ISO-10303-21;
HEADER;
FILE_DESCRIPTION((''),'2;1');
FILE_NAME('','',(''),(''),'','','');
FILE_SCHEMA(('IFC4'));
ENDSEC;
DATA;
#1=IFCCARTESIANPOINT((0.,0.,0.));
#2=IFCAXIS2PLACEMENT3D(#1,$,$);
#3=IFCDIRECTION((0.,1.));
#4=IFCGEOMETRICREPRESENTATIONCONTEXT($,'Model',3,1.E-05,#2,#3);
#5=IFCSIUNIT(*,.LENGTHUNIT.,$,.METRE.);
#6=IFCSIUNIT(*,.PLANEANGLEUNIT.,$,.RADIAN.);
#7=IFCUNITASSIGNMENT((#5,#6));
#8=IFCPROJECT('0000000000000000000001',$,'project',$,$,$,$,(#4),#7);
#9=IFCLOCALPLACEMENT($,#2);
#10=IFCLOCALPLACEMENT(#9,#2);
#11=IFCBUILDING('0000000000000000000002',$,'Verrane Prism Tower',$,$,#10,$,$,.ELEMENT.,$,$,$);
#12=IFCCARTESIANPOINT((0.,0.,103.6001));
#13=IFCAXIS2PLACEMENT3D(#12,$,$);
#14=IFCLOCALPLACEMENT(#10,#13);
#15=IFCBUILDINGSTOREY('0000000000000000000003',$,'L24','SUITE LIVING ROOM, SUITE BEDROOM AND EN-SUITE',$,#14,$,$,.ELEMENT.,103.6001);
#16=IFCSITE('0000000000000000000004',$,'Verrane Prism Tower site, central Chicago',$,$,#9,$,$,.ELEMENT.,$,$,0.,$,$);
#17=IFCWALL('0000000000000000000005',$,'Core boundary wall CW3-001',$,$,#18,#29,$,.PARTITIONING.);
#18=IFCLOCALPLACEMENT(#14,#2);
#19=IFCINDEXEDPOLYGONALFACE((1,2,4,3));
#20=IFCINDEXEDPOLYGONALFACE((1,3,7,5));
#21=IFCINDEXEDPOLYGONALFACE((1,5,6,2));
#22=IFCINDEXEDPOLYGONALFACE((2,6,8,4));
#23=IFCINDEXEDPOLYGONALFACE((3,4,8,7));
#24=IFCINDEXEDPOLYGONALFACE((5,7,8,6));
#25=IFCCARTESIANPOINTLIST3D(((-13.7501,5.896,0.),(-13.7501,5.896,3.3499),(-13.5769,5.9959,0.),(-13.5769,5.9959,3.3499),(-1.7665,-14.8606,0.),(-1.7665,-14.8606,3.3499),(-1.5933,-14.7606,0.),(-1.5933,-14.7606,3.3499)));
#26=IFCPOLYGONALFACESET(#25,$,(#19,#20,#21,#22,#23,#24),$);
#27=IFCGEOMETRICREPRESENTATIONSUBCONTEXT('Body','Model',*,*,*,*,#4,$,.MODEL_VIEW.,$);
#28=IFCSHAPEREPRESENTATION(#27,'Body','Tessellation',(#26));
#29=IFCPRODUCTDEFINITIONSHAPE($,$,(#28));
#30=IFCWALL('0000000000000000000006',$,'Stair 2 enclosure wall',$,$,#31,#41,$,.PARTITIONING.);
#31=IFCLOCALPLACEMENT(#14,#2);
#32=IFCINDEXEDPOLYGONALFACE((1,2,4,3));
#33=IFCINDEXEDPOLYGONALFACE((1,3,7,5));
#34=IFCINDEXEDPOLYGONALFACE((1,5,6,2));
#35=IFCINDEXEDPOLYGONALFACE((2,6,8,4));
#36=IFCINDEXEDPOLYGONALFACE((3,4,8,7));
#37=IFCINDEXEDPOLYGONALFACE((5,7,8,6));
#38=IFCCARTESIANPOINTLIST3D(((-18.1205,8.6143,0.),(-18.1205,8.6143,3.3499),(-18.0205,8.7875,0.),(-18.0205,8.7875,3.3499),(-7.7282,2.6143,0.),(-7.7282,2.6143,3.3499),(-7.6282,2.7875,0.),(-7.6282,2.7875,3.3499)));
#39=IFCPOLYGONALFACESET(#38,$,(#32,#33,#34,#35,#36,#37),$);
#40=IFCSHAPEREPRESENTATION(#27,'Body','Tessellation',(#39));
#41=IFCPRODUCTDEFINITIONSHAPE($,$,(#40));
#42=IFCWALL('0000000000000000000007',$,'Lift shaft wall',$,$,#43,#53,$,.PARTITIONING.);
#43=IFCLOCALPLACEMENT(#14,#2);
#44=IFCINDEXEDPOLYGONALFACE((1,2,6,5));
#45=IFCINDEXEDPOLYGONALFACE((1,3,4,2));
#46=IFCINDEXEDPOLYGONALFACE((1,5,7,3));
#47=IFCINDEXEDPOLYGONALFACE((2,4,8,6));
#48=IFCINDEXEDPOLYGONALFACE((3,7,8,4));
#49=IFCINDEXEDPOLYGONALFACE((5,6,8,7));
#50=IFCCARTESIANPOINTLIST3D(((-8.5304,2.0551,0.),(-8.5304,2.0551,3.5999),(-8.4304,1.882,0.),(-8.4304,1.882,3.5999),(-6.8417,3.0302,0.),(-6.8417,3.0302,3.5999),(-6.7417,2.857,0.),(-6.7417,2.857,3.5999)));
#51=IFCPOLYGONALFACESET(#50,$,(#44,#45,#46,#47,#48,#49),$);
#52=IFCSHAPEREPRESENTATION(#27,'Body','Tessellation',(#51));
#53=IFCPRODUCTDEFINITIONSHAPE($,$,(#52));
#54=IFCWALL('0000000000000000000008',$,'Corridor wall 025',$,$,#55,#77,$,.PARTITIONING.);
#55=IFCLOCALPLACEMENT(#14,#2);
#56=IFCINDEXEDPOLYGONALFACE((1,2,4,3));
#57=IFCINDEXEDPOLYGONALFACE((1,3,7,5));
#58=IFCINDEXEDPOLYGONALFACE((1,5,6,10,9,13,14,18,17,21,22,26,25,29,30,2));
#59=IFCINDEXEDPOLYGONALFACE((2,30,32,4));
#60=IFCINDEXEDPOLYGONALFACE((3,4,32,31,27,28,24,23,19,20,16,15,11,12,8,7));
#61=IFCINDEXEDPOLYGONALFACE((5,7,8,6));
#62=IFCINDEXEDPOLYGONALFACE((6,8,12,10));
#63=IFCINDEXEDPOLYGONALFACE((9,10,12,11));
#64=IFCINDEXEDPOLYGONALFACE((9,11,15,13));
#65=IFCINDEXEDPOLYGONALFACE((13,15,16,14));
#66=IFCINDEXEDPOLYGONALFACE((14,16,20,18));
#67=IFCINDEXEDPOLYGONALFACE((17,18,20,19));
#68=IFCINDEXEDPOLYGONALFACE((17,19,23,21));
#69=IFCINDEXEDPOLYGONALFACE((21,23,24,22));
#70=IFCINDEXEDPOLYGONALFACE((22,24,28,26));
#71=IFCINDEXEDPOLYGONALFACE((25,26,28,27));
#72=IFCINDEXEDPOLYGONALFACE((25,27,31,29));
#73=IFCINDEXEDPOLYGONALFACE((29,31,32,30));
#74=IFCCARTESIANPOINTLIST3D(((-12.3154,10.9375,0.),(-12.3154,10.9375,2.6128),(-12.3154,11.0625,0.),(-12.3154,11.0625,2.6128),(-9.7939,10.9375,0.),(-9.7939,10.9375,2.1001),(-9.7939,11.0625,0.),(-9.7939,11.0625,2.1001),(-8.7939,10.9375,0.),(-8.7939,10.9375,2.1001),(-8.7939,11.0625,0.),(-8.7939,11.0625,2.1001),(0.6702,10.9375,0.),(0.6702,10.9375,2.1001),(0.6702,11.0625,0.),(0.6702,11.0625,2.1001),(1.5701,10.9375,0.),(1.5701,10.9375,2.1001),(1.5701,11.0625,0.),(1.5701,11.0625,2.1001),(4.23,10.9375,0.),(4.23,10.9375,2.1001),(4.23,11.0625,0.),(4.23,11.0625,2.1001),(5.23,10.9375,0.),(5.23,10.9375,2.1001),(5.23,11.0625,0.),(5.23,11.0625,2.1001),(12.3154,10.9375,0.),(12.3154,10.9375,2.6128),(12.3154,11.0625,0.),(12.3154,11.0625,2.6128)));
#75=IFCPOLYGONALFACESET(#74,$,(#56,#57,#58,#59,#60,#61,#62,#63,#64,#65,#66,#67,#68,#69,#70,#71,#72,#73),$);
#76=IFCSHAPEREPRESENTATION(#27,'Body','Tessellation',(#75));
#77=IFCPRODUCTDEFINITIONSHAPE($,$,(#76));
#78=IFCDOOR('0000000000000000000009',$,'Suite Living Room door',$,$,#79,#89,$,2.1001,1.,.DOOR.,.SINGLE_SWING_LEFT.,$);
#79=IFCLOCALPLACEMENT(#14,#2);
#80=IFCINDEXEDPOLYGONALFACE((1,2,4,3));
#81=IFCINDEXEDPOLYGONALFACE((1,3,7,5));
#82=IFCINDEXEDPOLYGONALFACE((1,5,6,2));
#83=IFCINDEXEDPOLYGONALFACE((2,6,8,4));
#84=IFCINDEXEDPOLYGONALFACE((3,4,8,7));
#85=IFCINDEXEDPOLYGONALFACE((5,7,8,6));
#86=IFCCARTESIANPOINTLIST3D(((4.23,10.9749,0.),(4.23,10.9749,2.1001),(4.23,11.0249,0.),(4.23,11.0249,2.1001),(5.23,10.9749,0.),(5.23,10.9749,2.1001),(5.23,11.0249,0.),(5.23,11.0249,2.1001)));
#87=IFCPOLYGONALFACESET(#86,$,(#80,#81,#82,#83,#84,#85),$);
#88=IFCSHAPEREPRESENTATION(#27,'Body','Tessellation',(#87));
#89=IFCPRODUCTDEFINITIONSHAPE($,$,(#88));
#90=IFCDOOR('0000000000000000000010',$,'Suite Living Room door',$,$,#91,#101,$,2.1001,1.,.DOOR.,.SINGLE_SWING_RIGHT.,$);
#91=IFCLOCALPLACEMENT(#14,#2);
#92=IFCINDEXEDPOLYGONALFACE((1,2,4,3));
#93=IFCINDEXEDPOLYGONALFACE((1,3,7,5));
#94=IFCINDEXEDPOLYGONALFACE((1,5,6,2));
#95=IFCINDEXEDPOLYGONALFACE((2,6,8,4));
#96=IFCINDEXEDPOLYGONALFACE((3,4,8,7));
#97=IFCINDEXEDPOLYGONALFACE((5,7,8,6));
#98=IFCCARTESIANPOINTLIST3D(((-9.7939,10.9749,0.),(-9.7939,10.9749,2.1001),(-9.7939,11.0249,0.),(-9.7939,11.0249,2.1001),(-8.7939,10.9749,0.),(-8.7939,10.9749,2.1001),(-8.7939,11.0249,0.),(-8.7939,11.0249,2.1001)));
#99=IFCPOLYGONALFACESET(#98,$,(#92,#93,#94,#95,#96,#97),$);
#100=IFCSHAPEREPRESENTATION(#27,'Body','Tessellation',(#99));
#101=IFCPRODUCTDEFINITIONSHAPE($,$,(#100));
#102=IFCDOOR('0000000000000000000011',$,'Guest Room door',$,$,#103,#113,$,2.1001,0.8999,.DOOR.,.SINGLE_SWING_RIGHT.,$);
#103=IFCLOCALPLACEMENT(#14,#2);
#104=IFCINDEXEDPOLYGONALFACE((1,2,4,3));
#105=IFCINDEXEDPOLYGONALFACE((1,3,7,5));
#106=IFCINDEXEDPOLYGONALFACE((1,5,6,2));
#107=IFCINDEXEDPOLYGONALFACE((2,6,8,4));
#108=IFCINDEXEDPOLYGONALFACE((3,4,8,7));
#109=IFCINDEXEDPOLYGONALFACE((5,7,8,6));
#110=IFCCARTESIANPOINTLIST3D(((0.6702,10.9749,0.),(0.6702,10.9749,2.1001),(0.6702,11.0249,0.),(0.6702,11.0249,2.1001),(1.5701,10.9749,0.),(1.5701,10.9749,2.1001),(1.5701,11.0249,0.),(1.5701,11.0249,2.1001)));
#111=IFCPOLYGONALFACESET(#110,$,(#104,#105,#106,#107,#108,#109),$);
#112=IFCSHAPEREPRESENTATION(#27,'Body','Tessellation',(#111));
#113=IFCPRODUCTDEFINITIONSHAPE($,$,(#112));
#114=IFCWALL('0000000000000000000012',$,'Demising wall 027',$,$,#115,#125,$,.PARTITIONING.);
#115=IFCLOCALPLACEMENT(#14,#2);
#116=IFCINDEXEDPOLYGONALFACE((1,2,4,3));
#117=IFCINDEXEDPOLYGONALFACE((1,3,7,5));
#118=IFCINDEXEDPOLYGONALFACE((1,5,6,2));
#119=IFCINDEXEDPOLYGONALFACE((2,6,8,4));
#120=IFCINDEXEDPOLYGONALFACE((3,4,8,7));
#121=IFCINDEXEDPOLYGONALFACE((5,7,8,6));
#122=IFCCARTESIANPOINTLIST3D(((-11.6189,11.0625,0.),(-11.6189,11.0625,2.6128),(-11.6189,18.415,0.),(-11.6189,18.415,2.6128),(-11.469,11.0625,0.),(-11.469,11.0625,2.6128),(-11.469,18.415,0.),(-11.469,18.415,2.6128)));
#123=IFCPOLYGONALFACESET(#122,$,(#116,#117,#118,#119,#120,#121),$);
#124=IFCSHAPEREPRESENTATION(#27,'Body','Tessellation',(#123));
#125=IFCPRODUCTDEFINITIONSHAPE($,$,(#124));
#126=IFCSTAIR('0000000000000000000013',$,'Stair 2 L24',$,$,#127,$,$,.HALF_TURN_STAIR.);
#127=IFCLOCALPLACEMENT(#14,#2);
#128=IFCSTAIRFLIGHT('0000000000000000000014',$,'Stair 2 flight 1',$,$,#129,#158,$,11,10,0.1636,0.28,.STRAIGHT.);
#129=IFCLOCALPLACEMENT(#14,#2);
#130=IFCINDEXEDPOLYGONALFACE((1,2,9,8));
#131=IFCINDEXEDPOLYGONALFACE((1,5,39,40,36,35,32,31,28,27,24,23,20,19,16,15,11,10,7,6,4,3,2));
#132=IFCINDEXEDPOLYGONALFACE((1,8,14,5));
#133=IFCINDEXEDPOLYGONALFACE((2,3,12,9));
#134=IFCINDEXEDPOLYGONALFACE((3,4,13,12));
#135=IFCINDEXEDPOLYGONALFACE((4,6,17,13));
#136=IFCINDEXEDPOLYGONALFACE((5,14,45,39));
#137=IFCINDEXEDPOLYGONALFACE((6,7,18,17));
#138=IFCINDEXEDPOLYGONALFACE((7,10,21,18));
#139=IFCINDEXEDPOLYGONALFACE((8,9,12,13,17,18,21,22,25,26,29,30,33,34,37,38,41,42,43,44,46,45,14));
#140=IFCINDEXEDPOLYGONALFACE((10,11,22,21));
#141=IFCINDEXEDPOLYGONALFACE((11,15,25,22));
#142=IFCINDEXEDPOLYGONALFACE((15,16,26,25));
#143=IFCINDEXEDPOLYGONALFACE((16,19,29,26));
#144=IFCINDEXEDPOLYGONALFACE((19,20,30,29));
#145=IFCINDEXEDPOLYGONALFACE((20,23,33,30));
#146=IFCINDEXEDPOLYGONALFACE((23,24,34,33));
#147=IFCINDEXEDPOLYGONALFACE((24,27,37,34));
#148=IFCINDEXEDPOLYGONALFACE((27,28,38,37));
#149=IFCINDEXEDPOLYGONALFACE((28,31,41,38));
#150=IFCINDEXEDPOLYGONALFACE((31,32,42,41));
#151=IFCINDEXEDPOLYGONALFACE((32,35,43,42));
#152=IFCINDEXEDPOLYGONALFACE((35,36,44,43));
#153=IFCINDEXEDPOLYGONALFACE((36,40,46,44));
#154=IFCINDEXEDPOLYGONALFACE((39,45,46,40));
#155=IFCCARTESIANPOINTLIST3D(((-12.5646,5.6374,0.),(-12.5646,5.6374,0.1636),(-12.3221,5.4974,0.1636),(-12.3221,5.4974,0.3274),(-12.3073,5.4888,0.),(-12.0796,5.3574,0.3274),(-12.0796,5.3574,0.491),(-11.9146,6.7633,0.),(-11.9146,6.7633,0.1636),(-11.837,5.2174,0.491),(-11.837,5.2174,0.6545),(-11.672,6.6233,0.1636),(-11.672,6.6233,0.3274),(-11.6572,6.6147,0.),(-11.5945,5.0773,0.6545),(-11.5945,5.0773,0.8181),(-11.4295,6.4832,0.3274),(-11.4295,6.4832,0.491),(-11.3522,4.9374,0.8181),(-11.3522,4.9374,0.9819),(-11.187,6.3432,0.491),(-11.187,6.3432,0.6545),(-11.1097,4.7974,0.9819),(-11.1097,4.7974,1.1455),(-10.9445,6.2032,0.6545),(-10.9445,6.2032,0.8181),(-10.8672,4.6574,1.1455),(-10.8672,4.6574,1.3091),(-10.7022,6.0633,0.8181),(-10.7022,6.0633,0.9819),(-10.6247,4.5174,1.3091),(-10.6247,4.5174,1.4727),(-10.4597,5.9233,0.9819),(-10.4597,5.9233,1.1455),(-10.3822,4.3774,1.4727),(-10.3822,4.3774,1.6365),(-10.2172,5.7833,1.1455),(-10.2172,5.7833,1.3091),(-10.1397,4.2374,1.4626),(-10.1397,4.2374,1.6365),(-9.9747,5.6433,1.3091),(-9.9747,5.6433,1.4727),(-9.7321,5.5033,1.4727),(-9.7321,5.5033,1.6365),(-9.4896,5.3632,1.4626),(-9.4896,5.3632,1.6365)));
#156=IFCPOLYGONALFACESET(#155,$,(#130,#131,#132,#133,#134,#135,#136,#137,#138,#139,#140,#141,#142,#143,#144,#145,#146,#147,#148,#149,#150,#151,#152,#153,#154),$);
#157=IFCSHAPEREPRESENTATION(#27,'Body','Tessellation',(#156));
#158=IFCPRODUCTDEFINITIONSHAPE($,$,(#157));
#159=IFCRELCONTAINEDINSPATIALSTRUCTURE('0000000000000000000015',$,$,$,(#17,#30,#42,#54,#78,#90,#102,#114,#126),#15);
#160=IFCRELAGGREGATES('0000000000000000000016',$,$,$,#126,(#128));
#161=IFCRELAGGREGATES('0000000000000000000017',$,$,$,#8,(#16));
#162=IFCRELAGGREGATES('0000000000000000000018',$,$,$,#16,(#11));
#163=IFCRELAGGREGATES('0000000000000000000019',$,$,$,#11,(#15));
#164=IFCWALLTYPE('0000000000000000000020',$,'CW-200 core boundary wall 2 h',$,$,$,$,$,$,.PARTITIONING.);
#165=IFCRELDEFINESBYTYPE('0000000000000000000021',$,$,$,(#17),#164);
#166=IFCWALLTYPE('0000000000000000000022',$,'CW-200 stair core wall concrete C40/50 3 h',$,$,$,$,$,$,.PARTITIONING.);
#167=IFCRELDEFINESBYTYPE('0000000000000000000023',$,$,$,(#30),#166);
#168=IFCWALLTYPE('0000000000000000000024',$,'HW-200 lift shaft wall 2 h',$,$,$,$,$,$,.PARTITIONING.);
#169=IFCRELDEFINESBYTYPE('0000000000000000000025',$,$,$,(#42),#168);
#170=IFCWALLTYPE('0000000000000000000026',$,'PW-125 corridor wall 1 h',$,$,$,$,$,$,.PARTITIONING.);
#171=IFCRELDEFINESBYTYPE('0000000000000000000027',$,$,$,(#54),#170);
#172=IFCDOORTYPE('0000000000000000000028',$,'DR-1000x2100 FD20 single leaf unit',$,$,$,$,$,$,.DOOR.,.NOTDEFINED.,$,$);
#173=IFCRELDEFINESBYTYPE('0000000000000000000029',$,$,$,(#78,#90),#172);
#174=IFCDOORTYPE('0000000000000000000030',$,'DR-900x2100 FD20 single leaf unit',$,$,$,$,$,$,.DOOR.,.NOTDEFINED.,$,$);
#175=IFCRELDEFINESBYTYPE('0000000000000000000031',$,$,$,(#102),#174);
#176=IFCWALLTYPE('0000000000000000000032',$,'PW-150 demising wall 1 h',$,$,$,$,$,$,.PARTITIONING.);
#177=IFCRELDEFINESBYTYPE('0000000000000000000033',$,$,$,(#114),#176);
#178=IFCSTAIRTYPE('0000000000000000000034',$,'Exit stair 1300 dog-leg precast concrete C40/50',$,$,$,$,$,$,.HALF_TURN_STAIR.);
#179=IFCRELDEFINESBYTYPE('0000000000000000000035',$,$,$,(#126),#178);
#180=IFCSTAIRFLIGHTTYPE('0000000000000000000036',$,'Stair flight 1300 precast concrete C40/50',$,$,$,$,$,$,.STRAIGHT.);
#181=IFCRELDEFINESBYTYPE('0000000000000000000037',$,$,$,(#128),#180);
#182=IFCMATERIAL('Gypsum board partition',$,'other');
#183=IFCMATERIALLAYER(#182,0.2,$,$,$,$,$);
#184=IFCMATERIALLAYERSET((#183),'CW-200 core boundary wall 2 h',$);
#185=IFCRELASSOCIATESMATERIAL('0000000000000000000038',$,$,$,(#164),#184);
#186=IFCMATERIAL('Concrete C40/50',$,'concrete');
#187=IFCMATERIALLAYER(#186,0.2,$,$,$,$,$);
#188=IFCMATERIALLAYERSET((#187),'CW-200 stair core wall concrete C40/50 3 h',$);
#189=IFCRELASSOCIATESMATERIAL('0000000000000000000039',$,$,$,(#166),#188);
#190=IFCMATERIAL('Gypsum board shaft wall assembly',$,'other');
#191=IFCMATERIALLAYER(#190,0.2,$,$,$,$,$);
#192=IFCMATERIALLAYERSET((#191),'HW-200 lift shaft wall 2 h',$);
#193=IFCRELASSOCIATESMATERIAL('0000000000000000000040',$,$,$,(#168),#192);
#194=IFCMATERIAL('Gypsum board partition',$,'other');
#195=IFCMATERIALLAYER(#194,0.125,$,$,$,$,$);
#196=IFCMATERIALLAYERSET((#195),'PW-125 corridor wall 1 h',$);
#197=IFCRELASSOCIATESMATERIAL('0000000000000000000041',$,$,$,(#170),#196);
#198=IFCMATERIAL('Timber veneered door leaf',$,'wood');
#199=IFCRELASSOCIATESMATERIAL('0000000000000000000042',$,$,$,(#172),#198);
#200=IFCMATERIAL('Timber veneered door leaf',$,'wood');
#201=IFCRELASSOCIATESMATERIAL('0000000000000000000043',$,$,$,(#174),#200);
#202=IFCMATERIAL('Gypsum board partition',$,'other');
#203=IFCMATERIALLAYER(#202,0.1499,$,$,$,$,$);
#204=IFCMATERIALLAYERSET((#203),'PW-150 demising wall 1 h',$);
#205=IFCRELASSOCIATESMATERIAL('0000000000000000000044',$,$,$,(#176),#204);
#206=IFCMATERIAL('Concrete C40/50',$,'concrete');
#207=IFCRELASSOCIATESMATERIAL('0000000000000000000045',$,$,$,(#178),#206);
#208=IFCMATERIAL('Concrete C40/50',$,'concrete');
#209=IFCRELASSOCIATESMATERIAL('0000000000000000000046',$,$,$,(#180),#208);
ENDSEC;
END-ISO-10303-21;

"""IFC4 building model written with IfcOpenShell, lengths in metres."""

from ifc_helpers import new_model, si_unit, direction, frame, frame_2d, origin, place, context, subcontext, project, spatial, polyline, rectangle, outline, extrude, material, layer, layer_set, type_object, element, fill, aggregate, save


model = new_model("IFC4")

# Units and contexts
model_context = context("Model", 3, precision=1e-05, world=origin(), true_north=direction((0.0, 1.0)))
body_context = subcontext(model_context, "Body", "Model", "MODEL_VIEW")
ifc_project = project(units=[si_unit("LENGTHUNIT", "METRE"), si_unit("PLANEANGLEUNIT", "RADIAN")], contexts=[model_context])

# Site, building, storey
site_placement = place(None, origin())
site = spatial("IfcSite", under=ifc_project, at=site_placement, Name="Verrane Prism Tower site, central Chicago", CompositionType="ELEMENT", RefElevation=0.0)
building_placement = place(site_placement, origin())
building = spatial("IfcBuilding", under=site, at=building_placement, Name="Verrane Prism Tower", CompositionType="ELEMENT")
storey_placement = place(building_placement, frame((0.0, 0.0, 103.6001)))
storey = spatial("IfcBuildingStorey", under=building, at=storey_placement, Name="L24", Description="SUITE LIVING ROOM, SUITE BEDROOM AND EN-SUITE", CompositionType="ELEMENT", Elevation=103.6001)

# Walls
ifc_material_1 = material(Name="Gypsum board partition", Category="other")
ifc_layer_1 = layer(ifc_material_1, 0.2)
ifc_layer_set_1 = layer_set([ifc_layer_1], Name="CW-200 core boundary wall 2 h")
wall_type_1 = type_object("IfcWallType", Name="CW-200 core boundary wall 2 h", PredefinedType="PARTITIONING", material=ifc_layer_set_1)
wall_1_placement = place(storey_placement, frame((-13.6636, 5.946, 0.0), z_axis=(0.0, 0.0, 1.0), x_axis=(0.499994, -0.866029, 0.0)))
element("IfcWall", 1, at=wall_1_placement, inside=storey, type_object=wall_type_1, Name="Core boundary wall CW3-001", PredefinedType="PARTITIONING", context=body_context, shape_type="SweptSolid", body=[
    extrude(rectangle(XDim=23.9675, YDim=0.2, at=frame_2d((11.9839, 0.0))), origin(), (0.0, 0.0, 1.0), 3.3499),
])
ifc_material_2 = material(Name="Concrete C40/50", Category="concrete")
ifc_layer_2 = layer(ifc_material_2, 0.2)
ifc_layer_set_2 = layer_set([ifc_layer_2], Name="CW-200 stair core wall concrete C40/50 3 h")
wall_type_2 = type_object("IfcWallType", Name="CW-200 stair core wall concrete C40/50 3 h", PredefinedType="PARTITIONING", material=ifc_layer_set_2)
wall_2_placement = place(storey_placement, frame((-7.6782, 2.7009, 0.0), z_axis=(0.0, 0.0, 1.0), x_axis=(-0.866026, 0.499999, 0.0)))
element("IfcWall", 2, at=wall_2_placement, inside=storey, type_object=wall_type_2, Name="Stair 2 enclosure wall", PredefinedType="PARTITIONING", context=body_context, shape_type="SweptSolid", body=[
    extrude(rectangle(XDim=12.0, YDim=0.2, at=frame_2d((6.0, 0.0))), origin(), (0.0, 0.0, 1.0), 3.3499),
])
ifc_material_3 = material(Name="Gypsum board shaft wall assembly", Category="other")
ifc_layer_3 = layer(ifc_material_3, 0.2)
ifc_layer_set_3 = layer_set([ifc_layer_3], Name="HW-200 lift shaft wall 2 h")
wall_type_3 = type_object("IfcWallType", Name="HW-200 lift shaft wall 2 h", PredefinedType="PARTITIONING", material=ifc_layer_set_3)
wall_3_placement = place(storey_placement, frame((-8.4805, 1.9685, 0.0), z_axis=(0.0, 0.0, 1.0), x_axis=(0.866, 0.500044, 0.0)))
element("IfcWall", 3, at=wall_3_placement, inside=storey, type_object=wall_type_3, Name="Lift shaft wall", PredefinedType="PARTITIONING", context=body_context, shape_type="SweptSolid", body=[
    extrude(rectangle(XDim=1.95, YDim=0.2, at=frame_2d((0.9751, 0.0))), origin(), (0.0, 0.0, 1.0), 3.5999),
])

# Wall, openings, doors
ifc_material_4 = material(Name="Gypsum board partition", Category="other")
ifc_layer_4 = layer(ifc_material_4, 0.125)
ifc_layer_set_4 = layer_set([ifc_layer_4], Name="PW-125 corridor wall 1 h")
wall_type_4 = type_object("IfcWallType", Name="PW-125 corridor wall 1 h", PredefinedType="PARTITIONING", material=ifc_layer_set_4)
wall_4_placement = place(storey_placement, frame((-12.3154, 11.0, 0.0), z_axis=(0.0, 0.0, 1.0), x_axis=(1.0, 0.0, 0.0)))
wall_4 = element("IfcWall", 4, at=wall_4_placement, inside=storey, type_object=wall_type_4, Name="Corridor wall 025", PredefinedType="PARTITIONING", context=body_context, shape_type="SweptSolid", body=[
    extrude(rectangle(XDim=24.6309, YDim=0.125, at=frame_2d((12.3154, 0.0))), origin(), (0.0, 0.0, 1.0), 2.6128),
])
opening_1_placement = place(wall_4_placement, frame((16.5454, 0.0, 0.0)))
opening_1 = element("IfcOpeningElement", 5, at=opening_1_placement, cuts=wall_4, PredefinedType="OPENING", context=body_context, shape_type="SweptSolid", body=[
    extrude(rectangle(XDim=1.0, YDim=2.1001, at=frame_2d((0.5, 1.05))), frame((0.0, 0.0725, 0.0), z_axis=(0.0, -1.0, 0.0), x_axis=(1.0, 0.0, 0.0)), (0.0, 0.0, 1.0), 0.145),
])
opening_2_placement = place(wall_4_placement, frame((12.9856, 0.0, 0.0)))
opening_2 = element("IfcOpeningElement", 6, at=opening_2_placement, cuts=wall_4, PredefinedType="OPENING", context=body_context, shape_type="SweptSolid", body=[
    extrude(rectangle(XDim=0.8999, YDim=2.1001, at=frame_2d((0.45, 1.05))), frame((0.0, 0.0725, 0.0), z_axis=(0.0, -1.0, 0.0), x_axis=(1.0, 0.0, 0.0)), (0.0, 0.0, 1.0), 0.145),
])
opening_3_placement = place(wall_4_placement, frame((2.5215, 0.0, 0.0)))
opening_3 = element("IfcOpeningElement", 7, at=opening_3_placement, cuts=wall_4, PredefinedType="OPENING", context=body_context, shape_type="SweptSolid", body=[
    extrude(rectangle(XDim=1.0, YDim=2.1001, at=frame_2d((0.5, 1.05))), frame((0.0, 0.0725, 0.0), z_axis=(0.0, -1.0, 0.0), x_axis=(1.0, 0.0, 0.0)), (0.0, 0.0, 1.0), 0.145),
])
ifc_material_5 = material(Name="Timber veneered door leaf", Category="wood")
door_type_1 = type_object("IfcDoorType", Name="DR-1000x2100 FD20 single leaf unit", OperationType="NOTDEFINED", PredefinedType="DOOR", material=ifc_material_5)
door_1_placement = place(opening_1_placement, origin())
door_1 = element("IfcDoor", 8, at=door_1_placement, inside=storey, type_object=door_type_1, Name="Suite Living Room door", OperationType="SINGLE_SWING_LEFT", OverallHeight=2.1001, OverallWidth=1.0, PredefinedType="DOOR", context=body_context, shape_type="SweptSolid", body=[
    extrude(rectangle(XDim=1.0, YDim=2.1001, at=frame_2d((0.5, 1.05))), frame((0.0, 0.0249, 0.0), z_axis=(0.0, -1.0, 0.0), x_axis=(1.0, 0.0, 0.0)), (0.0, 0.0, 1.0), 0.05),
])
fill(opening_1, door_1)
door_2_placement = place(opening_3_placement, origin())
door_2 = element("IfcDoor", 9, at=door_2_placement, inside=storey, type_object=door_type_1, Name="Suite Living Room door", OperationType="SINGLE_SWING_RIGHT", OverallHeight=2.1001, OverallWidth=1.0, PredefinedType="DOOR", context=body_context, shape_type="SweptSolid", body=[
    extrude(rectangle(XDim=1.0, YDim=2.1001, at=frame_2d((0.5, 1.05))), frame((0.0, 0.0249, 0.0), z_axis=(0.0, -1.0, 0.0), x_axis=(1.0, 0.0, 0.0)), (0.0, 0.0, 1.0), 0.05),
])
fill(opening_3, door_2)
ifc_material_6 = material(Name="Timber veneered door leaf", Category="wood")
door_type_2 = type_object("IfcDoorType", Name="DR-900x2100 FD20 single leaf unit", OperationType="NOTDEFINED", PredefinedType="DOOR", material=ifc_material_6)
door_3_placement = place(opening_2_placement, origin())
door_3 = element("IfcDoor", 10, at=door_3_placement, inside=storey, type_object=door_type_2, Name="Guest Room door", OperationType="SINGLE_SWING_RIGHT", OverallHeight=2.1001, OverallWidth=0.8999, PredefinedType="DOOR", context=body_context, shape_type="SweptSolid", body=[
    extrude(rectangle(XDim=0.8999, YDim=2.1001, at=frame_2d((0.45, 1.05))), frame((0.0, 0.0249, 0.0), z_axis=(0.0, -1.0, 0.0), x_axis=(1.0, 0.0, 0.0)), (0.0, 0.0, 1.0), 0.05),
])
fill(opening_2, door_3)

# Wall
ifc_material_7 = material(Name="Gypsum board partition", Category="other")
ifc_layer_5 = layer(ifc_material_7, 0.1499)
ifc_layer_set_5 = layer_set([ifc_layer_5], Name="PW-150 demising wall 1 h")
wall_type_5 = type_object("IfcWallType", Name="PW-150 demising wall 1 h", PredefinedType="PARTITIONING", material=ifc_layer_set_5)
wall_5_placement = place(storey_placement, frame((-11.5439, 11.0625, 0.0), z_axis=(0.0, 0.0, 1.0), x_axis=(0.0, 1.0, 0.0)))
element("IfcWall", 11, at=wall_5_placement, inside=storey, type_object=wall_type_5, Name="Demising wall 027", PredefinedType="PARTITIONING", context=body_context, shape_type="SweptSolid", body=[
    extrude(rectangle(XDim=7.3525, YDim=0.1499, at=frame_2d((3.6763, 0.0))), origin(), (0.0, 0.0, 1.0), 2.6128),
])

# Stair, stair flight
ifc_material_8 = material(Name="Concrete C40/50", Category="concrete")
stair_type = type_object("IfcStairType", Name="Exit stair 1300 dog-leg precast concrete C40/50", PredefinedType="HALF_TURN_STAIR", material=ifc_material_8)
stair_placement = place(storey_placement, origin())
stair = element("IfcStair", 12, at=stair_placement, inside=storey, type_object=stair_type, Name="Stair 2 L24", PredefinedType="HALF_TURN_STAIR")
ifc_material_9 = material(Name="Concrete C40/50", Category="concrete")
stair_flight_type = type_object("IfcStairFlightType", Name="Stair flight 1300 precast concrete C40/50", PredefinedType="STRAIGHT", material=ifc_material_9)
stair_flight_1_placement = place(storey_placement, frame((-12.2395, 6.2004, 0.0), z_axis=(0.0, 0.0, 1.0), x_axis=(0.866025, -0.5, 0.0)))
stair_flight_1 = element("IfcStairFlight", 13, at=stair_flight_1_placement, type_object=stair_flight_type, Name="Stair 2 flight 1", NumberOfRisers=11, NumberOfTreads=10, PredefinedType="STRAIGHT", RiserHeight=0.1636, TreadLength=0.28, context=body_context, shape_type="SweptSolid", body=[
    extrude(outline(polyline([(0.0, 0.0), (0.0, 0.1636), (0.28, 0.1636), (0.28, 0.3274), (0.5601, 0.3274), (0.5601, 0.491), (0.8401, 0.491), (0.8401, 0.6545), (1.1201, 0.6545), (1.1201, 0.8181), (1.3999, 0.8181), (1.3999, 0.9819), (1.6799, 0.9819), (1.6799, 1.1455), (1.96, 1.1455), (1.96, 1.3091), (2.24, 1.3091), (2.24, 1.4727), (2.52, 1.4727), (2.52, 1.6365), (2.8, 1.6365), (2.8, 1.8), (2.8, 1.4626), (0.2971, 0.0), (0.0, 0.0)])), frame((0.0, 0.6499, 0.0), z_axis=(0.0, -1.0, 0.0), x_axis=(1.0, 0.0, 0.0)), (0.0, 0.0, 1.0), 1.3),
])
aggregate(stair, [stair_flight_1])

save(model, "model.ifc")
